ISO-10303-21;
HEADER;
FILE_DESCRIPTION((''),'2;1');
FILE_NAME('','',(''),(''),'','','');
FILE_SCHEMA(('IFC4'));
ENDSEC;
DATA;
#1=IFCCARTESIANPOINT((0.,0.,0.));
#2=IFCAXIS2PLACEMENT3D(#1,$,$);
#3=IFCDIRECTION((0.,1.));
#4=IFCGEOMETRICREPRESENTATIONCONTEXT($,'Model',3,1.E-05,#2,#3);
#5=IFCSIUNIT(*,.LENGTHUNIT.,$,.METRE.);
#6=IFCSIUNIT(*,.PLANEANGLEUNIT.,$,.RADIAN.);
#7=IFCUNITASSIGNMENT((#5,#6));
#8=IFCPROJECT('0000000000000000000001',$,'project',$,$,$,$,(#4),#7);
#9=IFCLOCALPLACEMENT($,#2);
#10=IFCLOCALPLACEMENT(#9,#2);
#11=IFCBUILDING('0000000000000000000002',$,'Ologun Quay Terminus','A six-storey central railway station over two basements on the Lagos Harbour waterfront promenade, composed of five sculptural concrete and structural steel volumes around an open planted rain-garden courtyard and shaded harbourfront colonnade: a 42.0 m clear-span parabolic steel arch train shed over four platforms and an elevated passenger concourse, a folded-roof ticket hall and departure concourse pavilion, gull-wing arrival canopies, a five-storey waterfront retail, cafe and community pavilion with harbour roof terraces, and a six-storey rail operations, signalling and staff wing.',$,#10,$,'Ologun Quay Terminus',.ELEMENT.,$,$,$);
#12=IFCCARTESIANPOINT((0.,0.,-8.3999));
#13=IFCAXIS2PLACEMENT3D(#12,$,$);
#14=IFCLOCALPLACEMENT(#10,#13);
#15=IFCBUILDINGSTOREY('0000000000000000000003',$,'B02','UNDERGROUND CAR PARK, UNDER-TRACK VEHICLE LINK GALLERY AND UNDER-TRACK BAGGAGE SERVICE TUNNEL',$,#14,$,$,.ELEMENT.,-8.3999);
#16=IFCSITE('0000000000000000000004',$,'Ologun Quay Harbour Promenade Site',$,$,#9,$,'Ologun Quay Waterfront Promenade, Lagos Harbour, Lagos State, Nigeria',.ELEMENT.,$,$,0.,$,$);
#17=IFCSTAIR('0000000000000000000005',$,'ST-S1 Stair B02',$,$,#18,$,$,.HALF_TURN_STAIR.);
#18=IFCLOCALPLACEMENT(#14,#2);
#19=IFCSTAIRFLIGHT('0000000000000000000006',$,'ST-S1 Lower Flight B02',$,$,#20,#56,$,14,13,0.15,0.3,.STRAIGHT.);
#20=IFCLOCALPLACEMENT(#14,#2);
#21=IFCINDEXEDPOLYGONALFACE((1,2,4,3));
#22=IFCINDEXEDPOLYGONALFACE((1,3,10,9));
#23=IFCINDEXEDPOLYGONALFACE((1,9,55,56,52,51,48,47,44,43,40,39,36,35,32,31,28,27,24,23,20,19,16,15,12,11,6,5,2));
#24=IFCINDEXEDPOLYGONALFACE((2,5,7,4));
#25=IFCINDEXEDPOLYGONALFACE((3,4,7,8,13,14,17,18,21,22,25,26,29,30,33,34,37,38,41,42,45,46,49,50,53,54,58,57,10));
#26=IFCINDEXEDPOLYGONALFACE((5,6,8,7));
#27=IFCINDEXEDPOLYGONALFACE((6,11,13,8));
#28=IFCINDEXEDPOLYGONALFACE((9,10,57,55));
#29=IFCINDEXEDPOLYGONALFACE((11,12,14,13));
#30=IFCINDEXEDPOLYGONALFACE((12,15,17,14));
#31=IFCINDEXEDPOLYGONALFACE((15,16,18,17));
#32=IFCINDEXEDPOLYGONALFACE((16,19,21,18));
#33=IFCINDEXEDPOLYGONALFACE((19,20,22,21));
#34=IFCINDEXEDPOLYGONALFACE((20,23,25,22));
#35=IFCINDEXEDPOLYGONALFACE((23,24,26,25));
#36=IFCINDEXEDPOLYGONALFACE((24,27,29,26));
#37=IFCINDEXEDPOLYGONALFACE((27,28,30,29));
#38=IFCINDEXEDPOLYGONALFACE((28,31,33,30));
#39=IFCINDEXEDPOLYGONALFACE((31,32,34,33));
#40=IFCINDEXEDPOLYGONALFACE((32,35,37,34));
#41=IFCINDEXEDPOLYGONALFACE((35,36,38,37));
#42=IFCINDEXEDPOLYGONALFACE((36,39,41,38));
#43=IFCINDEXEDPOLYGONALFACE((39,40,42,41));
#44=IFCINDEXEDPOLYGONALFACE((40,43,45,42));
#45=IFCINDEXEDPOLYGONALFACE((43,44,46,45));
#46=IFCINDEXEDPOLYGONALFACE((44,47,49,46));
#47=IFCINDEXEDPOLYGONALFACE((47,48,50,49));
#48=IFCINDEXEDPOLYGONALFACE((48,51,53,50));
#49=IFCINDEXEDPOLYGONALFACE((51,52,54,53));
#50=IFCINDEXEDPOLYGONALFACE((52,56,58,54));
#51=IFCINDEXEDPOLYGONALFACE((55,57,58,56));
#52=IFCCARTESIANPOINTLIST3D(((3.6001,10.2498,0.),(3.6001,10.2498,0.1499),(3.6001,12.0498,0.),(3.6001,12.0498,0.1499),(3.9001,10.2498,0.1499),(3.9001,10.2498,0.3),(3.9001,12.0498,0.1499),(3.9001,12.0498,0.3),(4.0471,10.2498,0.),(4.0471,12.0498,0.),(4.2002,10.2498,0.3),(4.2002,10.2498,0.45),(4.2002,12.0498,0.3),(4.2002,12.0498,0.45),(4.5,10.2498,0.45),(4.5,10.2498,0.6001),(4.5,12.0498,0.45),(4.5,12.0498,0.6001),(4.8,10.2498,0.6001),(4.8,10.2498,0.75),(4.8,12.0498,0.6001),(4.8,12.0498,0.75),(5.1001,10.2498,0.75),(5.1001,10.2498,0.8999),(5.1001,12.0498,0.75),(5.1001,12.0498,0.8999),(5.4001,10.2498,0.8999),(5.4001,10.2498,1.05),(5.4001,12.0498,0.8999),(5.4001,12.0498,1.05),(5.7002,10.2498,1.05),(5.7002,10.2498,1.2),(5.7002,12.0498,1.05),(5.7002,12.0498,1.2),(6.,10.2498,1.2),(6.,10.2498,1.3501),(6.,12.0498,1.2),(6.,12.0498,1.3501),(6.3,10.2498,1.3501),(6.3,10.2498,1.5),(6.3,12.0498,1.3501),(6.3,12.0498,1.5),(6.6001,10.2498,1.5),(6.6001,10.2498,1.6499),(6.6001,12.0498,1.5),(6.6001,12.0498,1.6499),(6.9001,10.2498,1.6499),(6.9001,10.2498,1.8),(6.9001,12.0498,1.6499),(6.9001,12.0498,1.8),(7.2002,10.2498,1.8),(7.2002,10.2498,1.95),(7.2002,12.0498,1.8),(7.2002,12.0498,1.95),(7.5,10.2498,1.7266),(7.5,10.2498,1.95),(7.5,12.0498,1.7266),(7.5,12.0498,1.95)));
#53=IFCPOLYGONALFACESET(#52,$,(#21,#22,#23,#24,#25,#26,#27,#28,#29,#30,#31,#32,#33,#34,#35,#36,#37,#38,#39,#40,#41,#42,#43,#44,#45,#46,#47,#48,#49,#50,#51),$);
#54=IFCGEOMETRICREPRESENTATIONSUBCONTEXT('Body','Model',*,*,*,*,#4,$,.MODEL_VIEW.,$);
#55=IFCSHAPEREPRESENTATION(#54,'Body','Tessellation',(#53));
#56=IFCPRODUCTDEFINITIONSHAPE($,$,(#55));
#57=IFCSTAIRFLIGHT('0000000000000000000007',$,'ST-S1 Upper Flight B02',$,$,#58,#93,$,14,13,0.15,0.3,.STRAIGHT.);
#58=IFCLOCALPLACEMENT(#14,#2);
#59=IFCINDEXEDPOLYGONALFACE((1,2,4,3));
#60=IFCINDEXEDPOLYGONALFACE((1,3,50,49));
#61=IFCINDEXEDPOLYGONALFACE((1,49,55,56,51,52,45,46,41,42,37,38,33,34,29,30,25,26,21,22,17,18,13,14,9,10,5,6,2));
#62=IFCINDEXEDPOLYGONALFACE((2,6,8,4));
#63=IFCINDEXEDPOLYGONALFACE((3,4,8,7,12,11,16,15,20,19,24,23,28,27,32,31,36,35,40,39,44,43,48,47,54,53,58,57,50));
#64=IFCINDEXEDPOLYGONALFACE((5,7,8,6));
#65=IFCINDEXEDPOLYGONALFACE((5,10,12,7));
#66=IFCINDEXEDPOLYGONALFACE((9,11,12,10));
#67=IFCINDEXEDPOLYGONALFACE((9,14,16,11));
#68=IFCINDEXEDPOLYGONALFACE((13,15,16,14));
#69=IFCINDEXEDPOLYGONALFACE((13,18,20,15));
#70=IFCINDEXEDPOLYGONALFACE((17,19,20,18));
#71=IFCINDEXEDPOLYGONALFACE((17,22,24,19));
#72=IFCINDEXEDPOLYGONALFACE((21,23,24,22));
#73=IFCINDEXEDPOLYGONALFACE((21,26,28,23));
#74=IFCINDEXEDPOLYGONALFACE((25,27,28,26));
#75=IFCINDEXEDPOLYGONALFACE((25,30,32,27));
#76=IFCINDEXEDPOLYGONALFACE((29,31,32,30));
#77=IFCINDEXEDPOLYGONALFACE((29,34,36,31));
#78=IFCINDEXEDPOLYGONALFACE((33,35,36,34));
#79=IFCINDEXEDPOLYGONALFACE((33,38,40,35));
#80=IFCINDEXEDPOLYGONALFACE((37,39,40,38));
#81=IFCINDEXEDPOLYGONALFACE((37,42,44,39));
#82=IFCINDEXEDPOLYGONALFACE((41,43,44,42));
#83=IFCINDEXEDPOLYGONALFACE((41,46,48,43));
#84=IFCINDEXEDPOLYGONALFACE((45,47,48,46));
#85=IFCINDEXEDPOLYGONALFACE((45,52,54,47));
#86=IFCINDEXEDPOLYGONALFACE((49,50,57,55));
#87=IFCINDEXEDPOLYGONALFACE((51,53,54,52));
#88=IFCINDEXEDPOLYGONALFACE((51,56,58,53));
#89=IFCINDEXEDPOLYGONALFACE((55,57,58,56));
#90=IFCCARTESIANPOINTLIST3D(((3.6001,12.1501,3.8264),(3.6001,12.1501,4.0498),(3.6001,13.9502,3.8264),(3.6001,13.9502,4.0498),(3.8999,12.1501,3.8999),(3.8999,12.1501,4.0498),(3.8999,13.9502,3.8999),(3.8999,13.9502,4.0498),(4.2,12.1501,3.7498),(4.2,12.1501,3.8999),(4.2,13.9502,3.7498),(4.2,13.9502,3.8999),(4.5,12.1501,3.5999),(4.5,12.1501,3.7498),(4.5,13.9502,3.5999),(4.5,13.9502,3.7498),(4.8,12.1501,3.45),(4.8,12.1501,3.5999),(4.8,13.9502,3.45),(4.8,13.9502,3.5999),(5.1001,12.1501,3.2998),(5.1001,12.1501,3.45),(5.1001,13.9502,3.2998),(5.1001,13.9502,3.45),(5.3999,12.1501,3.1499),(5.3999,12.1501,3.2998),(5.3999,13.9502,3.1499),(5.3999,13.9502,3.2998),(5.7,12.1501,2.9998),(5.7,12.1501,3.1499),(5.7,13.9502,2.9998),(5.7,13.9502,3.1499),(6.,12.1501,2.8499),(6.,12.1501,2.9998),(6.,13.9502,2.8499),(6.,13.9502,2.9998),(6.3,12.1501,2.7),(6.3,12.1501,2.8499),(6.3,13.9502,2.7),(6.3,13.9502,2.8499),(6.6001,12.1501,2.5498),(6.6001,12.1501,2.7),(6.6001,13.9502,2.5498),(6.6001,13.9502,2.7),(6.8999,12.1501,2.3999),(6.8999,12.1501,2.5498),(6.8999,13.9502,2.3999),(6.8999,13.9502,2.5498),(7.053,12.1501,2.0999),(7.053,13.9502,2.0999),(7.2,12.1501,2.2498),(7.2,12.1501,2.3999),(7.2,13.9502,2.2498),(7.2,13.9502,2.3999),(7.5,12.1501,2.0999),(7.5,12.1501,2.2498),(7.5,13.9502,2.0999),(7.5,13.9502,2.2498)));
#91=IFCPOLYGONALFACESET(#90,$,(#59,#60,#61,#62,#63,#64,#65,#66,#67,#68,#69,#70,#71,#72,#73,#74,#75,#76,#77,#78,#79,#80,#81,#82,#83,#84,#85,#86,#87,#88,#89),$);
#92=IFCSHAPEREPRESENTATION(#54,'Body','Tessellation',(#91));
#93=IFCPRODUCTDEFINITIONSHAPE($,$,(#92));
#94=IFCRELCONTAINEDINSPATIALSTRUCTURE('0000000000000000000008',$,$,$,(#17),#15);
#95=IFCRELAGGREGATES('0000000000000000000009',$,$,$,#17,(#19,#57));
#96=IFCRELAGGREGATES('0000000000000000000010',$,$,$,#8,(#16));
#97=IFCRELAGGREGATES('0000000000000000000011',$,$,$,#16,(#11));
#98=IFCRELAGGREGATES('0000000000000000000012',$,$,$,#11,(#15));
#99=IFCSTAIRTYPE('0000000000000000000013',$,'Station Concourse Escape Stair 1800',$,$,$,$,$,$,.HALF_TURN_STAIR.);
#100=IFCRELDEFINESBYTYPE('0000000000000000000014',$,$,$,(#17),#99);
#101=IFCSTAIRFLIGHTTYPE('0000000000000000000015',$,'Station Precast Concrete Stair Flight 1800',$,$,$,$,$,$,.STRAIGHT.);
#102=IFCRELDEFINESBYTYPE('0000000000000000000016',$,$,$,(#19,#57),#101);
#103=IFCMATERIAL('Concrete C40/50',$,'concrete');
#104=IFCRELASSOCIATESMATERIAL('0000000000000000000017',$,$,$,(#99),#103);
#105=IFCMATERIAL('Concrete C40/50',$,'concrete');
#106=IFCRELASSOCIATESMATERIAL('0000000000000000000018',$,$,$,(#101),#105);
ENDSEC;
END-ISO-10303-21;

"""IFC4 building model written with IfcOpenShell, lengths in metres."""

from ifc_helpers import new_model, si_unit, direction, frame, origin, place, context, subcontext, project, spatial, polyline, outline, extrude, material, type_object, element, aggregate, save


model = new_model("IFC4")

# Units and contexts
model_context = context("Model", 3, precision=1e-05, world=origin(), true_north=direction((0.0, 1.0)))
body_context = subcontext(model_context, "Body", "Model", "MODEL_VIEW")
ifc_project = project(units=[si_unit("LENGTHUNIT", "METRE"), si_unit("PLANEANGLEUNIT", "RADIAN")], contexts=[model_context])

# Site, building, storey
site_placement = place(None, origin())
site = spatial("IfcSite", under=ifc_project, at=site_placement, Name="Ologun Quay Harbour Promenade Site", LongName="Ologun Quay Waterfront Promenade, Lagos Harbour, Lagos State, Nigeria", CompositionType="ELEMENT", RefElevation=0.0)
building_placement = place(site_placement, origin())
building = spatial("IfcBuilding", under=site, at=building_placement, Name="Ologun Quay Terminus", Description="A six-storey central railway station over two basements on the Lagos Harbour waterfront promenade, composed of five sculptural concrete and structural steel volumes around an open planted rain-garden courtyard and shaded harbourfront colonnade: a 42.0 m clear-span parabolic steel arch train shed over four platforms and an elevated passenger concourse, a folded-roof ticket hall and departure concourse pavilion, gull-wing arrival canopies, a five-storey waterfront retail, cafe and community pavilion with harbour roof terraces, and a six-storey rail operations, signalling and staff wing.", LongName="Ologun Quay Terminus", CompositionType="ELEMENT")
storey_placement = place(building_placement, frame((0.0, 0.0, -8.3999)))
storey = spatial("IfcBuildingStorey", under=building, at=storey_placement, Name="B02", Description="UNDERGROUND CAR PARK, UNDER-TRACK VEHICLE LINK GALLERY AND UNDER-TRACK BAGGAGE SERVICE TUNNEL", CompositionType="ELEMENT", Elevation=-8.3999)

# Stair, stair flights
ifc_material_1 = material(Name="Concrete C40/50", Category="concrete")
stair_type = type_object("IfcStairType", Name="Station Concourse Escape Stair 1800", PredefinedType="HALF_TURN_STAIR", material=ifc_material_1)
stair_placement = place(storey_placement, origin())
stair = element("IfcStair", 1, at=stair_placement, inside=storey, type_object=stair_type, Name="ST-S1 Stair B02", PredefinedType="HALF_TURN_STAIR")
ifc_material_2 = material(Name="Concrete C40/50", Category="concrete")
stair_flight_type = type_object("IfcStairFlightType", Name="Station Precast Concrete Stair Flight 1800", PredefinedType="STRAIGHT", material=ifc_material_2)
stair_flight_1_placement = place(storey_placement, frame((3.6001, 11.1499, 0.0), z_axis=(0.0, 0.0, 1.0), x_axis=(1.0, 0.0, 0.0)))
stair_flight_1 = element("IfcStairFlight", 2, at=stair_flight_1_placement, type_object=stair_flight_type, Name="ST-S1 Lower Flight B02", NumberOfRisers=14, NumberOfTreads=13, PredefinedType="STRAIGHT", RiserHeight=0.15, TreadLength=0.3, context=body_context, shape_type="SweptSolid", body=[
    extrude(outline(polyline([(0.0, 0.0), (0.0, 0.1499), (0.3, 0.1499), (0.3, 0.3), (0.6001, 0.3), (0.6001, 0.45), (0.8999, 0.45), (0.8999, 0.6001), (1.2, 0.6001), (1.2, 0.75), (1.5, 0.75), (1.5, 0.8999), (1.8, 0.8999), (1.8, 1.05), (2.1001, 1.05), (2.1001, 1.2), (2.3999, 1.2), (2.3999, 1.3501), (2.7, 1.3501), (2.7, 1.5), (3.0, 1.5), (3.0, 1.6499), (3.3, 1.6499), (3.3, 1.8), (3.6001, 1.8), (3.6001, 1.95), (3.8999, 1.95), (3.8999, 2.1001), (3.8999, 1.7266), (0.447, 0.0), (0.0, 0.0)])), frame((0.0, 0.8999, 0.0), z_axis=(0.0, -1.0, 0.0), x_axis=(1.0, 0.0, 0.0)), (0.0, 0.0, 1.0), 1.8),
])
stair_flight_2_placement = place(storey_placement, frame((7.5, 13.05, 2.0999), z_axis=(0.0, 0.0, 1.0), x_axis=(-1.0, 0.0, 0.0)))
stair_flight_2 = element("IfcStairFlight", 3, at=stair_flight_2_placement, type_object=stair_flight_type, Name="ST-S1 Upper Flight B02", NumberOfRisers=14, NumberOfTreads=13, PredefinedType="STRAIGHT", RiserHeight=0.15, TreadLength=0.3, context=body_context, shape_type="SweptSolid", body=[
    extrude(outline(polyline([(0.0, 0.0), (0.0, 0.1499), (0.3, 0.1499), (0.3, 0.3), (0.6001, 0.3), (0.6001, 0.45), (0.8999, 0.45), (0.8999, 0.6001), (1.2, 0.6001), (1.2, 0.75), (1.5, 0.75), (1.5, 0.8999), (1.8, 0.8999), (1.8, 1.05), (2.1001, 1.05), (2.1001, 1.2), (2.3999, 1.2), (2.3999, 1.3501), (2.7, 1.3501), (2.7, 1.5), (3.0, 1.5), (3.0, 1.6499), (3.3, 1.6499), (3.3, 1.8), (3.6001, 1.8), (3.6001, 1.95), (3.8999, 1.95), (3.8999, 2.1001), (3.8999, 1.7266), (0.447, 0.0), (0.0, 0.0)])), frame((0.0, 0.8999, 0.0), z_axis=(0.0, -1.0, 0.0), x_axis=(1.0, 0.0, 0.0)), (0.0, 0.0, 1.0), 1.8),
])
aggregate(stair, [stair_flight_1, stair_flight_2])

save(model, "model.ifc")
